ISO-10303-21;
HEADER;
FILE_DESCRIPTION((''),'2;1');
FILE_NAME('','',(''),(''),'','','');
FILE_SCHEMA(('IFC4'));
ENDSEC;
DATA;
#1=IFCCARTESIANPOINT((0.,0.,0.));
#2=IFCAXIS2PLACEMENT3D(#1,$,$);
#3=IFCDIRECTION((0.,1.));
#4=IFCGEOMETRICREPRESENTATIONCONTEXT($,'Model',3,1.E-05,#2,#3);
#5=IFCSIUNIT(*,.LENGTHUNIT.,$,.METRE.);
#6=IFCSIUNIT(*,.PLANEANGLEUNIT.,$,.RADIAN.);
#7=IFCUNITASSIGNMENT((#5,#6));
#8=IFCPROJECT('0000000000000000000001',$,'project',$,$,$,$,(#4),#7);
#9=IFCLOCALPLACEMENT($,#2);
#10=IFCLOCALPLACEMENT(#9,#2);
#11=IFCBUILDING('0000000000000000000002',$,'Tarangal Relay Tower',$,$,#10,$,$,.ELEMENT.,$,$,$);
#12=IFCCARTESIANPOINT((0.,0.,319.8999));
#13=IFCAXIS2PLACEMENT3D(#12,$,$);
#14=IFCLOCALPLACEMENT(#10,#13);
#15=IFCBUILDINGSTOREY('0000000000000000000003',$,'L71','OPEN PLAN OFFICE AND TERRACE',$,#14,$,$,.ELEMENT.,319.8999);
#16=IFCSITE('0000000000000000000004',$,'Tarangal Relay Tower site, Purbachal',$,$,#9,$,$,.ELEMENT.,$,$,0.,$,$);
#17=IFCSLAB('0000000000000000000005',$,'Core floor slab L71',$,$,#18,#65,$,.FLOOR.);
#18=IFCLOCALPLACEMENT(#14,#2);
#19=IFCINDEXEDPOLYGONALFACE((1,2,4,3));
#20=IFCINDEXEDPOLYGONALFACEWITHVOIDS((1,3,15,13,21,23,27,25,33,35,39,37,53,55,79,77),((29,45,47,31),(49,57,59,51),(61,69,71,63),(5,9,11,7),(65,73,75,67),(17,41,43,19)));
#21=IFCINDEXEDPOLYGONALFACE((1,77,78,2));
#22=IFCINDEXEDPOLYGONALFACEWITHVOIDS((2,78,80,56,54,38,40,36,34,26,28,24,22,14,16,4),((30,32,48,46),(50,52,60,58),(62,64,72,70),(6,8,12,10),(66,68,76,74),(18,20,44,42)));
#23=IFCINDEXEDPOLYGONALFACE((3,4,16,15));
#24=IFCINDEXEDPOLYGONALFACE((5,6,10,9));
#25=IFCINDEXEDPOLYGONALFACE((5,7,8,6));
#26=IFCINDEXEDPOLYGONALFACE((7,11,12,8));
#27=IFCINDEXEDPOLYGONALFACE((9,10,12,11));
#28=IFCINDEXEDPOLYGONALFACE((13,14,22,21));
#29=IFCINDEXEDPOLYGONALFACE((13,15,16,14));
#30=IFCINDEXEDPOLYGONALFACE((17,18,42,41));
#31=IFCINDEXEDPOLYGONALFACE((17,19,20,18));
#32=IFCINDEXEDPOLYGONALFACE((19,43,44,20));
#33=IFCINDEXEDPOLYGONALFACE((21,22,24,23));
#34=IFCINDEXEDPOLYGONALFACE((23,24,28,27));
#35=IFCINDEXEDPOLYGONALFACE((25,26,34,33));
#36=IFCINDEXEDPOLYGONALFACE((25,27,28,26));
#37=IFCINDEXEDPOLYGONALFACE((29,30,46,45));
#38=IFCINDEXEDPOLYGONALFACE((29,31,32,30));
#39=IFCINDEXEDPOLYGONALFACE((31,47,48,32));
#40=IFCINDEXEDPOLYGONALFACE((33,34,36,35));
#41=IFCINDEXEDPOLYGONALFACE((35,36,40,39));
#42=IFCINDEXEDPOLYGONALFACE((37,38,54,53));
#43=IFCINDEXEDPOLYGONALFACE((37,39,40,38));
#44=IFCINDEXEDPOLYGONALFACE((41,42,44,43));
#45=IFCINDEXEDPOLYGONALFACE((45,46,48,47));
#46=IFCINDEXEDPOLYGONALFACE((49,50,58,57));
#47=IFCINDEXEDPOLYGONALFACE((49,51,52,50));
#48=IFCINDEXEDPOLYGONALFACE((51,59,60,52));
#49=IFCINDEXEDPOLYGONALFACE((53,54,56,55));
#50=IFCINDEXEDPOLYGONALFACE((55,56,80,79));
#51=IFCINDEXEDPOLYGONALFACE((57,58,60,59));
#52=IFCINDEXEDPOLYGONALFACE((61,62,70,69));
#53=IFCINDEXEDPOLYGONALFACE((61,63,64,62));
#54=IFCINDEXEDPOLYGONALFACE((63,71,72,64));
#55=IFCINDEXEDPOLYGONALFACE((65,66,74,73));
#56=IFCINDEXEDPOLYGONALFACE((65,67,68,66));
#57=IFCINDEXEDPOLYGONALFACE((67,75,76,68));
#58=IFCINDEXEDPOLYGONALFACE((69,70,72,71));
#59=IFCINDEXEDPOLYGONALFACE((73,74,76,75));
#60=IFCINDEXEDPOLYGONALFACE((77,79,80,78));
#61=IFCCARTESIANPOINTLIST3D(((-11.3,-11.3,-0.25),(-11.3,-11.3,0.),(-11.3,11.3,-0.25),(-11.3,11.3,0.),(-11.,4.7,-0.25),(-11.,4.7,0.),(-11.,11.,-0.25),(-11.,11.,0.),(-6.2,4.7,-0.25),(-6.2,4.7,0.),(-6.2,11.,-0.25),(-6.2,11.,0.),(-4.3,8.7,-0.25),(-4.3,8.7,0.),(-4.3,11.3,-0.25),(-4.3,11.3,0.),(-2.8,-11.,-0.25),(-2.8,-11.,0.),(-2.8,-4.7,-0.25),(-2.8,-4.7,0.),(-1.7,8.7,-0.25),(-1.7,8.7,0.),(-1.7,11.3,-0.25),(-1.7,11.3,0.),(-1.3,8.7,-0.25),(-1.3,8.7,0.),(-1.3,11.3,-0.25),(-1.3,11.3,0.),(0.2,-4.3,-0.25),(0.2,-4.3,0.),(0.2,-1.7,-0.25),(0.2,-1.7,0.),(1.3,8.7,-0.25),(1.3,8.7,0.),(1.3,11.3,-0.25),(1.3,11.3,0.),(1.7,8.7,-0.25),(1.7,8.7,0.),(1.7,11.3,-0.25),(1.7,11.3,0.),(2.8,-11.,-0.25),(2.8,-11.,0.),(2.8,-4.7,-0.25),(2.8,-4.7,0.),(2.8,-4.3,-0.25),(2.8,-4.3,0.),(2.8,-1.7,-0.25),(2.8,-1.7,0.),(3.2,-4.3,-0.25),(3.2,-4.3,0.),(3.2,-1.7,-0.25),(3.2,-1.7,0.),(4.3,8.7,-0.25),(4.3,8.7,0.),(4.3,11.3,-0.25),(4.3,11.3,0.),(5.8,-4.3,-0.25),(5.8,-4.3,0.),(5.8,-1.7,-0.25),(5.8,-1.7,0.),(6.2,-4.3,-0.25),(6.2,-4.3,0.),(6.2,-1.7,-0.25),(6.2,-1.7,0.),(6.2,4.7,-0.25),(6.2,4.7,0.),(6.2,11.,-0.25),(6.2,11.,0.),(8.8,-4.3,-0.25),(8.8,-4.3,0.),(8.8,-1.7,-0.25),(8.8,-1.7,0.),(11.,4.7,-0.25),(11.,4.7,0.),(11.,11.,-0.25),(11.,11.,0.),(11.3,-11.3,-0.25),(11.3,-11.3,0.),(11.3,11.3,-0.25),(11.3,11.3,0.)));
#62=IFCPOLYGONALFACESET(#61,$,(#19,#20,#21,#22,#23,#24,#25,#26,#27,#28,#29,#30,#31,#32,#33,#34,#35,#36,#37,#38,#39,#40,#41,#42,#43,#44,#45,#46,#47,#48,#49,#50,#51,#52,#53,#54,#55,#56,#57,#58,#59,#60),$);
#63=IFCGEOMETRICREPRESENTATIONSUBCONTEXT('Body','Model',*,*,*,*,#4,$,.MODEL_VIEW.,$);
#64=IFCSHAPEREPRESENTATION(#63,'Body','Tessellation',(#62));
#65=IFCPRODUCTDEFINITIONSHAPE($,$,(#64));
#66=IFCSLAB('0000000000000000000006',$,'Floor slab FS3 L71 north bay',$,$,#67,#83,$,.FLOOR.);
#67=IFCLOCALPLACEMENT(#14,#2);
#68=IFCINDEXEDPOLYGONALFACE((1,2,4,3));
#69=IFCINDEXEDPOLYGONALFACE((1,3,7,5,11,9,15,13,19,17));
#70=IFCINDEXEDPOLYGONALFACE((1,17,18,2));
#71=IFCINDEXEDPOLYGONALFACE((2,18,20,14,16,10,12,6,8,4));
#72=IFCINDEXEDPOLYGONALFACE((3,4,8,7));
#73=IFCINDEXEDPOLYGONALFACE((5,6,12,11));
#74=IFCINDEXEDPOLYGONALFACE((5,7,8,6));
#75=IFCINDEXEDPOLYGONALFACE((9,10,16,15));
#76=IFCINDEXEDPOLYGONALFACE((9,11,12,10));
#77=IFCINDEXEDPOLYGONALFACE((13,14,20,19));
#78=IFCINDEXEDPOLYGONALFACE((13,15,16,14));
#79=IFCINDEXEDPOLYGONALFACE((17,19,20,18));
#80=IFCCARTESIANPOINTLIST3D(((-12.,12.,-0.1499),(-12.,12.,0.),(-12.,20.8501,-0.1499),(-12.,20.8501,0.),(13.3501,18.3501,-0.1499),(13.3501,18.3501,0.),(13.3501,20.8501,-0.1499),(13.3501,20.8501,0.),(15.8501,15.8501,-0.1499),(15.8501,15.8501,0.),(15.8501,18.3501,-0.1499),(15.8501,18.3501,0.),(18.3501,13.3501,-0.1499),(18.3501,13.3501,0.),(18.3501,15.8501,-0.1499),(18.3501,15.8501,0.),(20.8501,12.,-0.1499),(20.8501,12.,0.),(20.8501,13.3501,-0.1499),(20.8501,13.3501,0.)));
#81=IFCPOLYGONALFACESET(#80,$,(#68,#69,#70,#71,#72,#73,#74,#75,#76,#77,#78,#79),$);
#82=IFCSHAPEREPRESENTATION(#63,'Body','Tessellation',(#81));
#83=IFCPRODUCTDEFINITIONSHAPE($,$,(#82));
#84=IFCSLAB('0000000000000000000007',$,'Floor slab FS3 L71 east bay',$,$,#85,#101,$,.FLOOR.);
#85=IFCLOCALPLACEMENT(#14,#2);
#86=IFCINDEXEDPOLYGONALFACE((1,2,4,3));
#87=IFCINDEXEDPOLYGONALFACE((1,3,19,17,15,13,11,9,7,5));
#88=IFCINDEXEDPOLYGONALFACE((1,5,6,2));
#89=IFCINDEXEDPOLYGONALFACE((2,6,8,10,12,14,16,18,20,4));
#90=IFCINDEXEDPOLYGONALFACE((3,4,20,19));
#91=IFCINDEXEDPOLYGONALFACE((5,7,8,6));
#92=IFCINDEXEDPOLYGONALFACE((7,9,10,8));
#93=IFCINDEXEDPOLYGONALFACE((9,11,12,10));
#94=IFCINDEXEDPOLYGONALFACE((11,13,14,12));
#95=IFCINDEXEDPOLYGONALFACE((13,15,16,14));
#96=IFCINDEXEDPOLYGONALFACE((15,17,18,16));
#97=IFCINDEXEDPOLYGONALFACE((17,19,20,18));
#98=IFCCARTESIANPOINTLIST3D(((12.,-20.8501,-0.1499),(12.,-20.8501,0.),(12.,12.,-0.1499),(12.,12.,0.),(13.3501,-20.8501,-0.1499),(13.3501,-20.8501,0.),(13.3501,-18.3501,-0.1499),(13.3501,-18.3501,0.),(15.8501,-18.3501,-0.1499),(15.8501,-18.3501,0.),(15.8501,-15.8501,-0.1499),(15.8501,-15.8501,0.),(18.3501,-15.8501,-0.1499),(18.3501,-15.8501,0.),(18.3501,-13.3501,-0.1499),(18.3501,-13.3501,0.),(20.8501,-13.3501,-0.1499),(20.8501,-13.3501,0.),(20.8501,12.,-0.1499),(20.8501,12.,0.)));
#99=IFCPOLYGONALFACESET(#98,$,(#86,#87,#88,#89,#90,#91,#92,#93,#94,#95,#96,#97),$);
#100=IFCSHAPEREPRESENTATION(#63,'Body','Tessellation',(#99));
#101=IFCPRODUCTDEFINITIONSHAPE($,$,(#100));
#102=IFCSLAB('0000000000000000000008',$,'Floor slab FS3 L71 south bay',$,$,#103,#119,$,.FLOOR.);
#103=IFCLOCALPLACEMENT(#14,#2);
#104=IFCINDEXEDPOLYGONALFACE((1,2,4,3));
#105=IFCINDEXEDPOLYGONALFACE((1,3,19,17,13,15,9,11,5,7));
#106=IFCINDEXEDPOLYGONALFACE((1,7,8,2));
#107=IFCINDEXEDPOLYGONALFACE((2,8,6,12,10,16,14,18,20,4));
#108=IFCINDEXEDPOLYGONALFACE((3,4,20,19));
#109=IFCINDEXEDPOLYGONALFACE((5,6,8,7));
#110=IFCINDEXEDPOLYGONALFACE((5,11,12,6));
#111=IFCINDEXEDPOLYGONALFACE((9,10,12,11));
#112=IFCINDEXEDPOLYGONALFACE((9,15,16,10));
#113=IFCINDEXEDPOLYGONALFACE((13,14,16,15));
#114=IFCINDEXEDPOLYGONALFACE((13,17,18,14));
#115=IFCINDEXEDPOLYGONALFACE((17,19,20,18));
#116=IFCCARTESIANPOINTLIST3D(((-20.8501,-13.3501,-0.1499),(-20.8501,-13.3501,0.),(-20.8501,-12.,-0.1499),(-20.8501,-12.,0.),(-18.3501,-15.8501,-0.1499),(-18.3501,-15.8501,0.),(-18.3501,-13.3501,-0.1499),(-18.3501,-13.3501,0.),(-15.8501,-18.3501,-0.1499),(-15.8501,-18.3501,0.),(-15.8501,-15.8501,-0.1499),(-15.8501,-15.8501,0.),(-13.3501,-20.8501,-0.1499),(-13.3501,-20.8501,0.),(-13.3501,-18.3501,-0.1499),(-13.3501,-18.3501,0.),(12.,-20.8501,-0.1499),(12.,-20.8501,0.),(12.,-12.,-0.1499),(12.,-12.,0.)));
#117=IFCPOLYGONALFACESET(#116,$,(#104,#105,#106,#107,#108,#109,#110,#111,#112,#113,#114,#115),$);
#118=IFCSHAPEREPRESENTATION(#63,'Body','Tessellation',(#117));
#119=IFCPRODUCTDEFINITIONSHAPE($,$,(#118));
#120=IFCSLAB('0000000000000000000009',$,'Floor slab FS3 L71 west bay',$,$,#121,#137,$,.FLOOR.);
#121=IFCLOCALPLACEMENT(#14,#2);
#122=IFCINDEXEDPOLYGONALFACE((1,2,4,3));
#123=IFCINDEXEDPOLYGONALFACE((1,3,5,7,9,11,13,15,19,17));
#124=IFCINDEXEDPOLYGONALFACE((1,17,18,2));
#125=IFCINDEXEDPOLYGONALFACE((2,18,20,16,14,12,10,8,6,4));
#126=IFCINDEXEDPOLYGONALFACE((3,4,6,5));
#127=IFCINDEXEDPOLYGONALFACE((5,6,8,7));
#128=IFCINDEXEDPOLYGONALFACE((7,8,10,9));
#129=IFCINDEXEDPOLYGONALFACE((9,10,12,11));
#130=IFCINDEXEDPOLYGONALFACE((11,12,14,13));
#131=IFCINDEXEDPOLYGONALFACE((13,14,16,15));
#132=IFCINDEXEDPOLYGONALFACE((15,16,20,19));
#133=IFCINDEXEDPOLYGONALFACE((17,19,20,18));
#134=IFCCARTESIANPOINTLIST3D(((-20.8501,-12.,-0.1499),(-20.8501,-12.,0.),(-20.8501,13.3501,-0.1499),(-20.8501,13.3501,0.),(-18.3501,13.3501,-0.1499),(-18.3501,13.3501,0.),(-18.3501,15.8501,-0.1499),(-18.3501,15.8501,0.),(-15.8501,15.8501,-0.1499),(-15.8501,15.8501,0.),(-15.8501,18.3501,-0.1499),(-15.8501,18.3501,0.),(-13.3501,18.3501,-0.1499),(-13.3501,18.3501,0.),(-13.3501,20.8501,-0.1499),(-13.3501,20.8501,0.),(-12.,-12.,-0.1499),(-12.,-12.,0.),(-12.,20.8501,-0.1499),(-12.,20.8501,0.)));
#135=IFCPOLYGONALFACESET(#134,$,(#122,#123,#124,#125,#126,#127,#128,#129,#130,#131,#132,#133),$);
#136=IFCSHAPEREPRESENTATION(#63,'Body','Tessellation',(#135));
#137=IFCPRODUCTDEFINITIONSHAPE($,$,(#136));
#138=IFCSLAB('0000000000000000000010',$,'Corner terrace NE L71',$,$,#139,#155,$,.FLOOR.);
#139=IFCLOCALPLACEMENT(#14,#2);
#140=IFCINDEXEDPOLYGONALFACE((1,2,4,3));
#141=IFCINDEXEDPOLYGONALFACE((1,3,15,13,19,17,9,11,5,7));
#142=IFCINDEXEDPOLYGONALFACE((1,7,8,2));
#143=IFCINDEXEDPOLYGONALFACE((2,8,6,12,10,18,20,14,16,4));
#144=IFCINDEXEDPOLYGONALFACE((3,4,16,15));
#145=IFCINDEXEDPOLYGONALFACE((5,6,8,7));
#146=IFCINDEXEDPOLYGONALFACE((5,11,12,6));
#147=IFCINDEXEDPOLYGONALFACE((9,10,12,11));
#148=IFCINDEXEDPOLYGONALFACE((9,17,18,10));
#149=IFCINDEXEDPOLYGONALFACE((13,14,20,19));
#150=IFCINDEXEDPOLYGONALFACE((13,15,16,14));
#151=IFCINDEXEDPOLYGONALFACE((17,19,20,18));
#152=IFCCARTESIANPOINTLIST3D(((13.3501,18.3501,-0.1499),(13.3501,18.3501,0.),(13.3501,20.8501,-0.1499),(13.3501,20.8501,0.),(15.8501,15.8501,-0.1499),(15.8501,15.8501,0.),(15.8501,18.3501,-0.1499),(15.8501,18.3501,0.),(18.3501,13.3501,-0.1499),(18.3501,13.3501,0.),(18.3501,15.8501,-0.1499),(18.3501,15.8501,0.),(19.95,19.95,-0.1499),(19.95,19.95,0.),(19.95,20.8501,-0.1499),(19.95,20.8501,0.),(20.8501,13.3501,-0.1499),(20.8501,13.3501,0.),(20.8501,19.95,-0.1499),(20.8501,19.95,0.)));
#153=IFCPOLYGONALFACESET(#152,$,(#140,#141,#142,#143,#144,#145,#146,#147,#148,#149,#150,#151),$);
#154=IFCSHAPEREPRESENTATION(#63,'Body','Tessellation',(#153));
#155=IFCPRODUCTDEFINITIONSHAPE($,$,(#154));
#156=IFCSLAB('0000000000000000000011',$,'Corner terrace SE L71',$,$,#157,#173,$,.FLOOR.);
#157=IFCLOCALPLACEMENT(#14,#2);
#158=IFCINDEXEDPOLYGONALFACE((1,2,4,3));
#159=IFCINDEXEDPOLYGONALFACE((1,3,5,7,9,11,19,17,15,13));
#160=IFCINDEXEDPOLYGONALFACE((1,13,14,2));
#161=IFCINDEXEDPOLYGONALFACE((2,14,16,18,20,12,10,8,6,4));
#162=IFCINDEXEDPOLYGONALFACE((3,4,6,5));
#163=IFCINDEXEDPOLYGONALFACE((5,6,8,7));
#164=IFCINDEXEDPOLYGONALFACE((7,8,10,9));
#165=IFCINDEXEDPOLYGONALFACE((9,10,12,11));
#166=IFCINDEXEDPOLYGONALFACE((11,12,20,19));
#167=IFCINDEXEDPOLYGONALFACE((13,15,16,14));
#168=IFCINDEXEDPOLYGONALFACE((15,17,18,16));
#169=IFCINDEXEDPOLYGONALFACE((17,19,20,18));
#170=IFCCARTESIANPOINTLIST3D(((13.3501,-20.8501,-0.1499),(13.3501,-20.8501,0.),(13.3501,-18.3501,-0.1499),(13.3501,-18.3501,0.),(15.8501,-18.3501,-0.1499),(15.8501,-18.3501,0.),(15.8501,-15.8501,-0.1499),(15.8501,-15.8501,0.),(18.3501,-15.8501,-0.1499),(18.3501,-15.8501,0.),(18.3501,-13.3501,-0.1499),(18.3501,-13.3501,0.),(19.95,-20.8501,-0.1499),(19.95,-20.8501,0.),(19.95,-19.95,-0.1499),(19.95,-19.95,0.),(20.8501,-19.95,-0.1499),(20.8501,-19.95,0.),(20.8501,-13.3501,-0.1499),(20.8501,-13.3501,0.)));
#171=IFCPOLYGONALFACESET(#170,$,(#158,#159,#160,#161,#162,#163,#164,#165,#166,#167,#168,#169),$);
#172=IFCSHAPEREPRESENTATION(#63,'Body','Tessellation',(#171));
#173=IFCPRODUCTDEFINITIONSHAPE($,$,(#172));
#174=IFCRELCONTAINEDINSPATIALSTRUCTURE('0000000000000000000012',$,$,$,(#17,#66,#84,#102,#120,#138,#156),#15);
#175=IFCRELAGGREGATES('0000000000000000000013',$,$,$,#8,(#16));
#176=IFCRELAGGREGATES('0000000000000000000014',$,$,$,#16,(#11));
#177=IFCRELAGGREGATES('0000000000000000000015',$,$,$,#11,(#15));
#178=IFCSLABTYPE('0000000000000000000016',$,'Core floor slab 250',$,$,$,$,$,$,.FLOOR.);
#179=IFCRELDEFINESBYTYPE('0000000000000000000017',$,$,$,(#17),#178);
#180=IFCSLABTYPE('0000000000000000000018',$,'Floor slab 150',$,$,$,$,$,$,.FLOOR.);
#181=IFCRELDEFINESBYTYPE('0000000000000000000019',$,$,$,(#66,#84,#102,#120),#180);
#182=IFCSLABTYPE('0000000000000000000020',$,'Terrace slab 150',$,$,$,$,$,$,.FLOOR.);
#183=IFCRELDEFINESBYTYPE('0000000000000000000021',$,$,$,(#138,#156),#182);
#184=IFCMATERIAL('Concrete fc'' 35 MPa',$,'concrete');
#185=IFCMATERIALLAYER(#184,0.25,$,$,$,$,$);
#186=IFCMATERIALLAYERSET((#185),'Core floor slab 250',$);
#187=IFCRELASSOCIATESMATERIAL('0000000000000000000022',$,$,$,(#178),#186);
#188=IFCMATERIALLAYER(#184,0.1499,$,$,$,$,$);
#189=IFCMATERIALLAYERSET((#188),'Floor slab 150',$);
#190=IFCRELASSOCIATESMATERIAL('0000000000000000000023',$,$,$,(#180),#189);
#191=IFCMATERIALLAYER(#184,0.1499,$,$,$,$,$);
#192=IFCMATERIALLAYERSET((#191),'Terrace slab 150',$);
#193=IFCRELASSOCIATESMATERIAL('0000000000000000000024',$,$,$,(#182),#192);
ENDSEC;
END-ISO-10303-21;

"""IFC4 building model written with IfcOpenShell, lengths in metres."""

from ifc_helpers import new_model, si_unit, direction, frame, origin, place, context, subcontext, project, spatial, polyline, outline, extrude, material, layer, layer_set, type_object, element, save


model = new_model("IFC4")

# Units and contexts
model_context = context("Model", 3, precision=1e-05, world=origin(), true_north=direction((0.0, 1.0)))
body_context = subcontext(model_context, "Body", "Model", "MODEL_VIEW")
ifc_project = project(units=[si_unit("LENGTHUNIT", "METRE"), si_unit("PLANEANGLEUNIT", "RADIAN")], contexts=[model_context])

# Site, building, storey
site_placement = place(None, origin())
site = spatial("IfcSite", under=ifc_project, at=site_placement, Name="Tarangal Relay Tower site, Purbachal", CompositionType="ELEMENT", RefElevation=0.0)
building_placement = place(site_placement, origin())
building = spatial("IfcBuilding", under=site, at=building_placement, Name="Tarangal Relay Tower", CompositionType="ELEMENT")
storey_placement = place(building_placement, frame((0.0, 0.0, 319.8999)))
storey = spatial("IfcBuildingStorey", under=building, at=storey_placement, Name="L71", Description="OPEN PLAN OFFICE AND TERRACE", CompositionType="ELEMENT", Elevation=319.8999)

# Slabs
ifc_material_1 = material(Name="Concrete fc' 35 MPa", Category="concrete")
ifc_layer_1 = layer(ifc_material_1, 0.25)
ifc_layer_set_1 = layer_set([ifc_layer_1], Name="Core floor slab 250")
slab_type_1 = type_object("IfcSlabType", Name="Core floor slab 250", PredefinedType="FLOOR", material=ifc_layer_set_1)
slab_1_placement = place(storey_placement, frame((0.0, 0.0, -0.25)))
element("IfcSlab", 1, at=slab_1_placement, inside=storey, type_object=slab_type_1, Name="Core floor slab L71", PredefinedType="FLOOR", context=body_context, shape_type="SweptSolid", body=[
    extrude(outline(polyline([(11.3, 11.3), (11.3, -11.3), (-11.3, -11.3), (-11.3, 11.3), (-4.3, 11.3), (-4.3, 8.7), (-1.7, 8.7), (-1.7, 11.3), (-1.3, 11.3), (-1.3, 8.7), (1.3, 8.7), (1.3, 11.3), (1.7, 11.3), (1.7, 8.7), (4.3, 8.7), (4.3, 11.3), (11.3, 11.3)]), holes=[polyline([(2.8, -4.7), (-2.8, -4.7), (-2.8, -11.0), (2.8, -11.0), (2.8, -4.7)]), polyline([(2.8, -1.7), (0.2, -1.7), (0.2, -4.3), (2.8, -4.3), (2.8, -1.7)]), polyline([(5.8, -1.7), (3.2, -1.7), (3.2, -4.3), (5.8, -4.3), (5.8, -1.7)]), polyline([(8.8, -1.7), (6.2, -1.7), (6.2, -4.3), (8.8, -4.3), (8.8, -1.7)]), polyline([(-6.2, 11.0), (-11.0, 11.0), (-11.0, 4.7), (-6.2, 4.7), (-6.2, 11.0)]), polyline([(11.0, 11.0), (6.2, 11.0), (6.2, 4.7), (11.0, 4.7), (11.0, 11.0)])]), origin(), (0.0, 0.0, 1.0), 0.25),
])
ifc_layer_2 = layer(ifc_material_1, 0.1499)
ifc_layer_set_2 = layer_set([ifc_layer_2], Name="Floor slab 150")
slab_type_2 = type_object("IfcSlabType", Name="Floor slab 150", PredefinedType="FLOOR", material=ifc_layer_set_2)
slab_2_placement = place(storey_placement, frame((0.0, 0.0, -0.1499)))
element("IfcSlab", 2, at=slab_2_placement, inside=storey, type_object=slab_type_2, Name="Floor slab FS3 L71 north bay", PredefinedType="FLOOR", context=body_context, shape_type="SweptSolid", body=[
    extrude(outline(polyline([(13.3501, 20.8501), (13.3501, 18.3501), (15.8501, 18.3501), (15.8501, 15.8501), (18.3501, 15.8501), (18.3501, 13.3501), (20.8501, 13.3501), (20.8501, 12.0), (-12.0, 12.0), (-12.0, 20.8501), (13.3501, 20.8501)])), origin(), (0.0, 0.0, 1.0), 0.1499),
])
slab_3_placement = place(storey_placement, frame((0.0, 0.0, -0.1499)))
element("IfcSlab", 3, at=slab_3_placement, inside=storey, type_object=slab_type_2, Name="Floor slab FS3 L71 east bay", PredefinedType="FLOOR", context=body_context, shape_type="SweptSolid", body=[
    extrude(outline(polyline([(20.8501, -13.3501), (18.3501, -13.3501), (18.3501, -15.8501), (15.8501, -15.8501), (15.8501, -18.3501), (13.3501, -18.3501), (13.3501, -20.8501), (12.0, -20.8501), (12.0, 12.0), (20.8501, 12.0), (20.8501, -13.3501)])), origin(), (0.0, 0.0, 1.0), 0.1499),
])
slab_4_placement = place(storey_placement, frame((0.0, 0.0, -0.1499)))
element("IfcSlab", 4, at=slab_4_placement, inside=storey, type_object=slab_type_2, Name="Floor slab FS3 L71 south bay", PredefinedType="FLOOR", context=body_context, shape_type="SweptSolid", body=[
    extrude(outline(polyline([(-13.3501, -20.8501), (-13.3501, -18.3501), (-15.8501, -18.3501), (-15.8501, -15.8501), (-18.3501, -15.8501), (-18.3501, -13.3501), (-20.8501, -13.3501), (-20.8501, -12.0), (12.0, -12.0), (12.0, -20.8501), (-13.3501, -20.8501)])), origin(), (0.0, 0.0, 1.0), 0.1499),
])
slab_5_placement = place(storey_placement, frame((0.0, 0.0, -0.1499)))
element("IfcSlab", 5, at=slab_5_placement, inside=storey, type_object=slab_type_2, Name="Floor slab FS3 L71 west bay", PredefinedType="FLOOR", context=body_context, shape_type="SweptSolid", body=[
    extrude(outline(polyline([(-12.0, 20.8501), (-12.0, -12.0), (-20.8501, -12.0), (-20.8501, 13.3501), (-18.3501, 13.3501), (-18.3501, 15.8501), (-15.8501, 15.8501), (-15.8501, 18.3501), (-13.3501, 18.3501), (-13.3501, 20.8501), (-12.0, 20.8501)])), origin(), (0.0, 0.0, 1.0), 0.1499),
])
ifc_layer_3 = layer(ifc_material_1, 0.1499)
ifc_layer_set_3 = layer_set([ifc_layer_3], Name="Terrace slab 150")
slab_type_3 = type_object("IfcSlabType", Name="Terrace slab 150", PredefinedType="FLOOR", material=ifc_layer_set_3)
slab_6_placement = place(storey_placement, frame((0.0, 0.0, -0.1499)))
element("IfcSlab", 6, at=slab_6_placement, inside=storey, type_object=slab_type_3, Name="Corner terrace NE L71", PredefinedType="FLOOR", context=body_context, shape_type="SweptSolid", body=[
    extrude(outline(polyline([(13.3501, 20.8501), (13.3501, 18.3501), (15.8501, 18.3501), (15.8501, 15.8501), (18.3501, 15.8501), (18.3501, 13.3501), (20.8501, 13.3501), (20.8501, 19.95), (19.95, 19.95), (19.95, 20.8501), (13.3501, 20.8501)])), origin(), (0.0, 0.0, 1.0), 0.1499),
])
slab_7_placement = place(storey_placement, frame((0.0, 0.0, -0.1499)))
element("IfcSlab", 7, at=slab_7_placement, inside=storey, type_object=slab_type_3, Name="Corner terrace SE L71", PredefinedType="FLOOR", context=body_context, shape_type="SweptSolid", body=[
    extrude(outline(polyline([(20.8501, -13.3501), (18.3501, -13.3501), (18.3501, -15.8501), (15.8501, -15.8501), (15.8501, -18.3501), (13.3501, -18.3501), (13.3501, -20.8501), (19.95, -20.8501), (19.95, -19.95), (20.8501, -19.95), (20.8501, -13.3501)])), origin(), (0.0, 0.0, 1.0), 0.1499),
])

save(model, "model.ifc")
